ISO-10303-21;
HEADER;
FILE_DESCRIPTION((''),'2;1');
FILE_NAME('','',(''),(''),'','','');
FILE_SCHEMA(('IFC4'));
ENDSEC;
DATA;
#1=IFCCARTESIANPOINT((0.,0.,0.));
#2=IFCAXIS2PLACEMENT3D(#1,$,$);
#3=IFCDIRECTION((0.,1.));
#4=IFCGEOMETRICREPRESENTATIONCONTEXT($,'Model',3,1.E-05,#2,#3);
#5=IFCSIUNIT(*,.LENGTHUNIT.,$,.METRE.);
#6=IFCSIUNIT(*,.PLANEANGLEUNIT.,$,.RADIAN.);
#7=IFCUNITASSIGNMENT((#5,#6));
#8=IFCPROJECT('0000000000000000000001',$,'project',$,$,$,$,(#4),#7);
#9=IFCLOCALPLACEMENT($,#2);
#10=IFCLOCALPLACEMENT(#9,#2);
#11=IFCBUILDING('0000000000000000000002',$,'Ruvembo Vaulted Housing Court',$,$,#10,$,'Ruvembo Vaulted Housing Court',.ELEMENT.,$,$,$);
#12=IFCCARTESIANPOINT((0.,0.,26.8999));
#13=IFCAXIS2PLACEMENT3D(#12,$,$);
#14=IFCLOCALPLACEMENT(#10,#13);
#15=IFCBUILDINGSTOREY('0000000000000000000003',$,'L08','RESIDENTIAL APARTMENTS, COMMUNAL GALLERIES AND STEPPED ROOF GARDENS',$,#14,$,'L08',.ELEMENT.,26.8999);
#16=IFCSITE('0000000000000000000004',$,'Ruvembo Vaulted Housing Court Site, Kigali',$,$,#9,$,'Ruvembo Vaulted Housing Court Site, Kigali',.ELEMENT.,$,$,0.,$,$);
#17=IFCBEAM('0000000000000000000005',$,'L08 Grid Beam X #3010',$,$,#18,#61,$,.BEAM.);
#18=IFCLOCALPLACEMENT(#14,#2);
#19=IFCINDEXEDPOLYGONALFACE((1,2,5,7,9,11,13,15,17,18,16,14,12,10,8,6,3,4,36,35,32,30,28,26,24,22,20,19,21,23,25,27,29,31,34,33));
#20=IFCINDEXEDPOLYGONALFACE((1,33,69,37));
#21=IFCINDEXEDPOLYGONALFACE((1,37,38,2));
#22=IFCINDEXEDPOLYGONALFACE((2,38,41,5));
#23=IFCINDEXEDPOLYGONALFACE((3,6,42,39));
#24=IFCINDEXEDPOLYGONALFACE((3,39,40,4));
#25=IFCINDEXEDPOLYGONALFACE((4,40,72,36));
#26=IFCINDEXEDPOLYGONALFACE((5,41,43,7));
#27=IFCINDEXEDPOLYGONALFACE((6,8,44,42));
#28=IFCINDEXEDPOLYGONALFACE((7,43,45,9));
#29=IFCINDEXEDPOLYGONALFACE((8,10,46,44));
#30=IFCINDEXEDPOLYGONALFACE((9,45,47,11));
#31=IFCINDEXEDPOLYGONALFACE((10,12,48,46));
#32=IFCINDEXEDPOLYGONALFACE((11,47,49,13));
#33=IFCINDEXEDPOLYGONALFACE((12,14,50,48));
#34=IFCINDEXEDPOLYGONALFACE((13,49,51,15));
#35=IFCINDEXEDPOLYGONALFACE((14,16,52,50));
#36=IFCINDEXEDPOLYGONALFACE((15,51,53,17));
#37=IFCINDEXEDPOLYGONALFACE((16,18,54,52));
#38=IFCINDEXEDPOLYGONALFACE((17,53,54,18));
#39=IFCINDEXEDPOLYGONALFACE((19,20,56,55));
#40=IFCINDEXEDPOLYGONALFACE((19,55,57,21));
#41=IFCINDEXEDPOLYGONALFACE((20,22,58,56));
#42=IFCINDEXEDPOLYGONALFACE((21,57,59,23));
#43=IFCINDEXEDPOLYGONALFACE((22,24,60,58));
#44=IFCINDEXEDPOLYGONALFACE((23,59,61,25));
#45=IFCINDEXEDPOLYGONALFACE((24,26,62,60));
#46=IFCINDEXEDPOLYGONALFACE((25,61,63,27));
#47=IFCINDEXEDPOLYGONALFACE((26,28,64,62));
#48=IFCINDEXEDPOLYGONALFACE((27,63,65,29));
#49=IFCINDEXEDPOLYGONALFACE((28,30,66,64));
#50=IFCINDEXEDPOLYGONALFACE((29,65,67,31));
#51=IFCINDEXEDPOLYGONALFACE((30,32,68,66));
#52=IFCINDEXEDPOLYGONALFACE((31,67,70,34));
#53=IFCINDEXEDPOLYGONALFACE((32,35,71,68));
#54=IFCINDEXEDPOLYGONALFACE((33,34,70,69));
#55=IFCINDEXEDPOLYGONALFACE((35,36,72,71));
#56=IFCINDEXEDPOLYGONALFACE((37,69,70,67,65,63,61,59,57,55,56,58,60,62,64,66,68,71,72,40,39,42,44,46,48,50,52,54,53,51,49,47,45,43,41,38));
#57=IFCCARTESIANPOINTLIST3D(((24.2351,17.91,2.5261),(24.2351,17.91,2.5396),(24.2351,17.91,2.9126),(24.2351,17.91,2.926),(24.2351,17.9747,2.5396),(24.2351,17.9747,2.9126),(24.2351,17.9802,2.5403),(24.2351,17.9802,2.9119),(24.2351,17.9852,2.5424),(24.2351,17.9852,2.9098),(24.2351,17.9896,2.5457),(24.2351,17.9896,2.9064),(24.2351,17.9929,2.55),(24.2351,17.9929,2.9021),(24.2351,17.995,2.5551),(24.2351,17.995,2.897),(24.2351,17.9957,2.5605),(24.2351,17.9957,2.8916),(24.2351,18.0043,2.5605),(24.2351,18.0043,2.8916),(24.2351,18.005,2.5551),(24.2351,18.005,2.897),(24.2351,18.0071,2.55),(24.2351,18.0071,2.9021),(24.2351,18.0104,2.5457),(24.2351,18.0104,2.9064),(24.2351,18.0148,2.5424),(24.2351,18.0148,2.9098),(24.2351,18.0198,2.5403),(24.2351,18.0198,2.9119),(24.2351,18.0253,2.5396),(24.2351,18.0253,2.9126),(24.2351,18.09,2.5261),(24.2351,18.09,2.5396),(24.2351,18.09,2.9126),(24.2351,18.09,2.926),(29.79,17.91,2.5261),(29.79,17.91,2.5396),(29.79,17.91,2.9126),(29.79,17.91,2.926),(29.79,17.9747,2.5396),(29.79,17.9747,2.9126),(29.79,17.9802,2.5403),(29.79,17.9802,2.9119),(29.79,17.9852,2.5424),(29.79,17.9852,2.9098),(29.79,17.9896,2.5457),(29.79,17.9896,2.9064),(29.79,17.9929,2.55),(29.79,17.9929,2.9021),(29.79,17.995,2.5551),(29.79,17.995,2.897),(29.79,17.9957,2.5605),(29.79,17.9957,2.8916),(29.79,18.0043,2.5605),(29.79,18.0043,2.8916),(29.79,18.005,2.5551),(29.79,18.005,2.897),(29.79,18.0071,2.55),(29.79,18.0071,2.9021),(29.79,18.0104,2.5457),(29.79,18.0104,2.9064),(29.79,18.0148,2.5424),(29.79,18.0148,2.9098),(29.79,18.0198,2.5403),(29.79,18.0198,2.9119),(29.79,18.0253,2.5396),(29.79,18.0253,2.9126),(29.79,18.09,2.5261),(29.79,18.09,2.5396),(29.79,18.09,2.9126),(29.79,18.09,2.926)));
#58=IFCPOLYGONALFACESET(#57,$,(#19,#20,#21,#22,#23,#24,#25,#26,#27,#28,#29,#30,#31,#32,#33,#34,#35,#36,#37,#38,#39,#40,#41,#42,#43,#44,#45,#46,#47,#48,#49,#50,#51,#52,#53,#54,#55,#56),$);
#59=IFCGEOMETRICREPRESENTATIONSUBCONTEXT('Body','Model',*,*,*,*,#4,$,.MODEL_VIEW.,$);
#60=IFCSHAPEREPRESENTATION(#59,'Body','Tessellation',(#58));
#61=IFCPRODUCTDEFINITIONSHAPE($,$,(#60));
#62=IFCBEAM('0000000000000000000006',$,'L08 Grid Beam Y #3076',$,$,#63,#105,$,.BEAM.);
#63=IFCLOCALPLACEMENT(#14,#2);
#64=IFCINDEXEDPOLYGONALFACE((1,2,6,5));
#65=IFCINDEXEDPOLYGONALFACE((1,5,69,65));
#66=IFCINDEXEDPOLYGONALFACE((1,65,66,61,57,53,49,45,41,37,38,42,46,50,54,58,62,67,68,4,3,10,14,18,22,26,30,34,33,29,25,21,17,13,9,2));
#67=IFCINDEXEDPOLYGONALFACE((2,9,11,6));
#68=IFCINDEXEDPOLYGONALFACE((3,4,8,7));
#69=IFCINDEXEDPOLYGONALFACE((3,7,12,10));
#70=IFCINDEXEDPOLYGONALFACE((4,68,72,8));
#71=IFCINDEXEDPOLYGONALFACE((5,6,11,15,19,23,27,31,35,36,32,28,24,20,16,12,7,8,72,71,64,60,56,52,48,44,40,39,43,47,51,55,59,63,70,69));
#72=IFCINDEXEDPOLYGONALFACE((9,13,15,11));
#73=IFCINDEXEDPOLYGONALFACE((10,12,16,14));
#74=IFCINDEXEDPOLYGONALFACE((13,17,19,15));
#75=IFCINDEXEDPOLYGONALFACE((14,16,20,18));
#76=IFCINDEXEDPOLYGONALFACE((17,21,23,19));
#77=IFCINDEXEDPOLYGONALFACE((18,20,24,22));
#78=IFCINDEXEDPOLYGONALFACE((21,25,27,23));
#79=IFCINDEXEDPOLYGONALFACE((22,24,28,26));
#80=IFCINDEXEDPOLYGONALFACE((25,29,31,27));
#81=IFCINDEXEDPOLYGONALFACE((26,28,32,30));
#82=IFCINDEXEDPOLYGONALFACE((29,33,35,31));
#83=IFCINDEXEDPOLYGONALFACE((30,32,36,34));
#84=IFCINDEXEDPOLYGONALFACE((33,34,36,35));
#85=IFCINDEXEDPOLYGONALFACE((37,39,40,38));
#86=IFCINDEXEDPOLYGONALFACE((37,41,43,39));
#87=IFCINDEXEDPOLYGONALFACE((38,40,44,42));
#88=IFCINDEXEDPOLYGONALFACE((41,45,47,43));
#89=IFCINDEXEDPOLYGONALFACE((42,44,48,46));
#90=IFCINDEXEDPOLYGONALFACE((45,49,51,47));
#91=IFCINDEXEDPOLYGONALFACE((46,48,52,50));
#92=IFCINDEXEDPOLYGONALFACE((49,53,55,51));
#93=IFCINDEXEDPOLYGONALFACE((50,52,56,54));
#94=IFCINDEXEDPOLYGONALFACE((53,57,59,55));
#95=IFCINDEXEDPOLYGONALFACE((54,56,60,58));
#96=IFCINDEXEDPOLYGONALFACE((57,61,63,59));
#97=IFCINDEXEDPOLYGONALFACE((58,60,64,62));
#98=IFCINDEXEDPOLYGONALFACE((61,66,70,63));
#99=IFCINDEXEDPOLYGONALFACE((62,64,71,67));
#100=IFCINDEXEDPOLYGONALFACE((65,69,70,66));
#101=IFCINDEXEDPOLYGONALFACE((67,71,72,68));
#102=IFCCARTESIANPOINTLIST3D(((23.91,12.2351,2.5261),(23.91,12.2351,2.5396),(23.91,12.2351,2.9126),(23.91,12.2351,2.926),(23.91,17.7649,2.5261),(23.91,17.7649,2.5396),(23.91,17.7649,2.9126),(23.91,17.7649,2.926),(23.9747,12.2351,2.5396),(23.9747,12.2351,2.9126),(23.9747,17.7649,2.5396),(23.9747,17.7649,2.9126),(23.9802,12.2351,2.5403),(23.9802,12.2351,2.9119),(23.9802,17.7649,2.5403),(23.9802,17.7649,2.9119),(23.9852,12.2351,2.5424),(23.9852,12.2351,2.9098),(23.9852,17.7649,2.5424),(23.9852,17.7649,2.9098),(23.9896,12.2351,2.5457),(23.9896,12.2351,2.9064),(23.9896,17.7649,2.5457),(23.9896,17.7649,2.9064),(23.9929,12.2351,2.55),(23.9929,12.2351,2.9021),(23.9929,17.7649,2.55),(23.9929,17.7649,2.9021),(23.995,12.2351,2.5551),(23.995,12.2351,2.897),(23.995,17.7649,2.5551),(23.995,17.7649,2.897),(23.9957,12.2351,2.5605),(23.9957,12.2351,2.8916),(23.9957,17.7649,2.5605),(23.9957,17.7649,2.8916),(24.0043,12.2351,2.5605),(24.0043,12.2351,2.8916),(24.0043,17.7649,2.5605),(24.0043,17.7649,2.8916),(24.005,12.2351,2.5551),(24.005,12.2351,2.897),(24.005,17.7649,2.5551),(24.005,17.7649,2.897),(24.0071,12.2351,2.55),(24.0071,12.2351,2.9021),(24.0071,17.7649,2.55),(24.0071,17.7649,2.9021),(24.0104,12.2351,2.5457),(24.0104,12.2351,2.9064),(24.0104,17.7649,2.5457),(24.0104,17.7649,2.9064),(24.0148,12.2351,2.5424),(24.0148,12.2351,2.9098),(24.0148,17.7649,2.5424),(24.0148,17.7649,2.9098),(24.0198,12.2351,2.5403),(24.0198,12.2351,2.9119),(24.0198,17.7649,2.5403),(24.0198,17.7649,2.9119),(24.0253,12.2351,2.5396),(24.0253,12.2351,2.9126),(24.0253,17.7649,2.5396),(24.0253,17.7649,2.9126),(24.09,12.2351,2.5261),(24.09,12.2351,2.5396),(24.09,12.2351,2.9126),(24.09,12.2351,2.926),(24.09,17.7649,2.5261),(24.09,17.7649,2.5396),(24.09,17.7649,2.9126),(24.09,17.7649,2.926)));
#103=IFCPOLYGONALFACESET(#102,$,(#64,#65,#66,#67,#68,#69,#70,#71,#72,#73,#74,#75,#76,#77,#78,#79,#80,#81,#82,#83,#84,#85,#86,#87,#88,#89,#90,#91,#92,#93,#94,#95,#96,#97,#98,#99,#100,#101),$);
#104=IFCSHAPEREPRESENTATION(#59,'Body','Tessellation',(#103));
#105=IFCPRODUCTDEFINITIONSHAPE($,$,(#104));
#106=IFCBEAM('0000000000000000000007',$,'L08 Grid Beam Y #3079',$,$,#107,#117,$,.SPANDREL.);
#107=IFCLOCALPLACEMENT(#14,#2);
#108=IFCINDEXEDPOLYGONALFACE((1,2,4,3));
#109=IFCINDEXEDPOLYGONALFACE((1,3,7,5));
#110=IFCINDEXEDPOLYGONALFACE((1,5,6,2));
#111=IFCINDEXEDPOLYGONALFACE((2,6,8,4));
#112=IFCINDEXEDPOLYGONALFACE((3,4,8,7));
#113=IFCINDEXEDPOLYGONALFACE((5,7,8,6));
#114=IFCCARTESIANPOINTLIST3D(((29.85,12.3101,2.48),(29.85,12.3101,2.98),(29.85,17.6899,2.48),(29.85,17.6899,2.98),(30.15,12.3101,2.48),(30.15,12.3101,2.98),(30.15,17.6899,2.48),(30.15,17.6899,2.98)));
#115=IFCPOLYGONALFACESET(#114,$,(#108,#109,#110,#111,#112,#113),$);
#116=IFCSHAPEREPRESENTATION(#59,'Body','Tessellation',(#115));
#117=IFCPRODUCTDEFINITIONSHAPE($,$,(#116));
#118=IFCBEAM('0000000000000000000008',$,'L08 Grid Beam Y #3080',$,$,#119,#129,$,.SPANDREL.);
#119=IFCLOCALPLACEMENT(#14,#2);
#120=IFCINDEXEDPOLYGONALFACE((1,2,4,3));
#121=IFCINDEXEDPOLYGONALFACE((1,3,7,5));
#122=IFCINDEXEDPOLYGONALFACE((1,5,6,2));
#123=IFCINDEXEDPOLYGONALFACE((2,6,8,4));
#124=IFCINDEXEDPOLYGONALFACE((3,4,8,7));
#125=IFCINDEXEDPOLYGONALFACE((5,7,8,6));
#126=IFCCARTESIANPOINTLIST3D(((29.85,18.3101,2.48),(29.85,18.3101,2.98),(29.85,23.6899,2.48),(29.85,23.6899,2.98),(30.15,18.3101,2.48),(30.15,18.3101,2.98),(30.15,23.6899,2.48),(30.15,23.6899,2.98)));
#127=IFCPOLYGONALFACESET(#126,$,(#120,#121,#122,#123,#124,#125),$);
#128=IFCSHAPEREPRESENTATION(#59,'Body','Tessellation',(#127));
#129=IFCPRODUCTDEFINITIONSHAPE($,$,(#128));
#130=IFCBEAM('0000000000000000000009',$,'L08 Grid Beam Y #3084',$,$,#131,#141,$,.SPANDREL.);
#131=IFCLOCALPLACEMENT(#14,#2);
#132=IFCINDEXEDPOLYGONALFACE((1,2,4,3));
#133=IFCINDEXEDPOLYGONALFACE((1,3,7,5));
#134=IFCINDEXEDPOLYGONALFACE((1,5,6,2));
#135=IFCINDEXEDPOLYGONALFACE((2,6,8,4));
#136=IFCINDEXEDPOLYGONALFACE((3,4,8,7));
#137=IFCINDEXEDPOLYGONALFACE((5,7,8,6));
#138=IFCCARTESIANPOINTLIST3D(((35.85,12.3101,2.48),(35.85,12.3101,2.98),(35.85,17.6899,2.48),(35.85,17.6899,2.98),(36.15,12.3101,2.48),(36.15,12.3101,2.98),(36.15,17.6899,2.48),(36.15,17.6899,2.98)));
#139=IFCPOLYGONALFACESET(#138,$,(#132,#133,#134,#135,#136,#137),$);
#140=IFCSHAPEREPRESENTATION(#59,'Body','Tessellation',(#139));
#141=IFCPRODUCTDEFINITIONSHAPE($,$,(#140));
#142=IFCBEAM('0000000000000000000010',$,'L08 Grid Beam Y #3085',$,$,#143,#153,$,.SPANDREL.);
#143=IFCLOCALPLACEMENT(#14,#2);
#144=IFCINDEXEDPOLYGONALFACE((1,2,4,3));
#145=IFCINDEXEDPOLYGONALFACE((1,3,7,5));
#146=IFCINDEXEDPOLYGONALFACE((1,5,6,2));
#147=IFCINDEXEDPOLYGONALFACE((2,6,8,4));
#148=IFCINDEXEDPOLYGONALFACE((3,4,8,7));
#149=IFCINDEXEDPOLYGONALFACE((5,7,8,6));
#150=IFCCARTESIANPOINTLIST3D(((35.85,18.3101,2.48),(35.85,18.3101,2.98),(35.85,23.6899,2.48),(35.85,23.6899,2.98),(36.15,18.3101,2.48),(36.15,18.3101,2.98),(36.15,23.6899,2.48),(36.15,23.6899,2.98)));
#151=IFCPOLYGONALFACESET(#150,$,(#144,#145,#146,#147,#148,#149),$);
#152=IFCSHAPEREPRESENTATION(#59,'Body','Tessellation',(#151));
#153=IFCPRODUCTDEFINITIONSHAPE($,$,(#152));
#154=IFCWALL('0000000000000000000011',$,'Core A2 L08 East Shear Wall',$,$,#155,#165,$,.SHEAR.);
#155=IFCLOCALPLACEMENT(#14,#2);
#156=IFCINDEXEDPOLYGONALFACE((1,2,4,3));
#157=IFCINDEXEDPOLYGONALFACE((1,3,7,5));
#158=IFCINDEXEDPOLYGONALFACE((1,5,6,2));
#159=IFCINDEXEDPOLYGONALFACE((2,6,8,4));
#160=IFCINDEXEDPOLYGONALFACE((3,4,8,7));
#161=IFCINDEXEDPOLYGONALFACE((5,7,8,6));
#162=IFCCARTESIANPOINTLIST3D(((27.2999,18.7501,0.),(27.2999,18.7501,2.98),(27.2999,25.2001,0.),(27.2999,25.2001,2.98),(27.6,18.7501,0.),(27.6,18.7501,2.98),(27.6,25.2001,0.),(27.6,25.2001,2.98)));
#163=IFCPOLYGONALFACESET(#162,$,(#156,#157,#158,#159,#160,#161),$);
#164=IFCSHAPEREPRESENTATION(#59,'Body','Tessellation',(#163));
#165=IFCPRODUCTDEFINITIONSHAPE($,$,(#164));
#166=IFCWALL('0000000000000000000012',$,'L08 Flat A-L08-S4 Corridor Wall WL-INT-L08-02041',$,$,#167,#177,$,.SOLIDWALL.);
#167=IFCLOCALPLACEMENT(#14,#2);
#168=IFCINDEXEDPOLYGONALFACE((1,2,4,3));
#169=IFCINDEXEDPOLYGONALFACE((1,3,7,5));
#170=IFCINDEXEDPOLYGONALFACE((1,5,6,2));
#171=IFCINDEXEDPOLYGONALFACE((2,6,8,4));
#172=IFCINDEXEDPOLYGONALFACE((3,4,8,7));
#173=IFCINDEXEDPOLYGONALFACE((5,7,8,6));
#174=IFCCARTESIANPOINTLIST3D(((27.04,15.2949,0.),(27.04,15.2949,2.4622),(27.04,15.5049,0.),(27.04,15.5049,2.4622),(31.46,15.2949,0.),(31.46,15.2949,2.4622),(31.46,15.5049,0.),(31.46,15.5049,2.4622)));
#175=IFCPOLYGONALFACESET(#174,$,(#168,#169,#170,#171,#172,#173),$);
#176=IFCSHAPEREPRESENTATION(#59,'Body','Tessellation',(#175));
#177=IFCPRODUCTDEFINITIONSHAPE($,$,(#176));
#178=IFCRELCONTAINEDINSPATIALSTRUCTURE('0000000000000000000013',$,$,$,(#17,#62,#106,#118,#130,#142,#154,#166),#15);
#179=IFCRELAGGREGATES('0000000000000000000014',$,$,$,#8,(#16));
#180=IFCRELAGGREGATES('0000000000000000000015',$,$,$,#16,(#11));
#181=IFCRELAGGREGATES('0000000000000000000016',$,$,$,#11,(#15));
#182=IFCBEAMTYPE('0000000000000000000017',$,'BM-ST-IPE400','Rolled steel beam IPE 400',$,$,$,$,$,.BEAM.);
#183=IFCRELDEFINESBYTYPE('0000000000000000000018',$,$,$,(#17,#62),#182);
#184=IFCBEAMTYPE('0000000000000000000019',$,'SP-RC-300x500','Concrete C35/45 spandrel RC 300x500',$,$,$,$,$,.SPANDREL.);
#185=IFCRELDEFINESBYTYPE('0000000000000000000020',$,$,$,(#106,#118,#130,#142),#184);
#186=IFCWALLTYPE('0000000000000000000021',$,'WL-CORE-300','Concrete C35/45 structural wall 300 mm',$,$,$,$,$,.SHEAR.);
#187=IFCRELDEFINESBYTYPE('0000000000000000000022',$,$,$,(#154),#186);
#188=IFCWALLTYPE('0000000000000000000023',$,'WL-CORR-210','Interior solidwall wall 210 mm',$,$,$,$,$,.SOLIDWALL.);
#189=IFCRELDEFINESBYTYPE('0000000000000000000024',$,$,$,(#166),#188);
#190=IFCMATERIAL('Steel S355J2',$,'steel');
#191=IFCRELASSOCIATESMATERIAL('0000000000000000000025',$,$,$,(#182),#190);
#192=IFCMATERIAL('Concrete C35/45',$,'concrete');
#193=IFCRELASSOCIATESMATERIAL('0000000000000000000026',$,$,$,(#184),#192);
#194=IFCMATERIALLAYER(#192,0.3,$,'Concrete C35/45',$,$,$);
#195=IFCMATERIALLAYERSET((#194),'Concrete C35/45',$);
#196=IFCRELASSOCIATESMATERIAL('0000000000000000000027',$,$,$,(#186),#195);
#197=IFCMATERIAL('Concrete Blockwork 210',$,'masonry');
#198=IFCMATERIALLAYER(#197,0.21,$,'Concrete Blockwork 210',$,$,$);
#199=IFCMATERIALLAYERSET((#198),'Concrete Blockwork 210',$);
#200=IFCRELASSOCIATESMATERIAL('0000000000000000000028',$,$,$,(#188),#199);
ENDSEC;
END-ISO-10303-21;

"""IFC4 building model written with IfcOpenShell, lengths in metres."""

from ifc_helpers import new_model, si_unit, direction, frame, frame_2d, origin, origin_2d, place, context, subcontext, project, spatial, rectangle, i_section, extrude, material, layer, layer_set, material_profile, profile_set, type_object, element, save


model = new_model("IFC4")

# Units and contexts
model_context = context("Model", 3, precision=1e-05, world=origin(), true_north=direction((0.0, 1.0)))
body_context = subcontext(model_context, "Body", "Model", "MODEL_VIEW")
ifc_project = project(units=[si_unit("LENGTHUNIT", "METRE"), si_unit("PLANEANGLEUNIT", "RADIAN")], contexts=[model_context])

# Site, building, storey
site_placement = place(None, origin())
site = spatial("IfcSite", under=ifc_project, at=site_placement, Name="Ruvembo Vaulted Housing Court Site, Kigali", LongName="Ruvembo Vaulted Housing Court Site, Kigali", CompositionType="ELEMENT", RefElevation=0.0)
building_placement = place(site_placement, origin())
building = spatial("IfcBuilding", under=site, at=building_placement, Name="Ruvembo Vaulted Housing Court", LongName="Ruvembo Vaulted Housing Court", CompositionType="ELEMENT")
storey_placement = place(building_placement, frame((0.0, 0.0, 26.8999)))
storey = spatial("IfcBuildingStorey", under=building, at=storey_placement, Name="L08", Description="RESIDENTIAL APARTMENTS, COMMUNAL GALLERIES AND STEPPED ROOF GARDENS", LongName="L08", CompositionType="ELEMENT", Elevation=26.8999)

# Shared definitions
ifc_material_1 = material(Name="Concrete C35/45", Category="concrete")

# Beams
ifc_material_2 = material(Name="Steel S355J2", Category="steel")
ifc_material_profile_1 = material_profile(ifc_material_2, i_section(OverallWidth=0.1799, OverallDepth=0.3999, WebThickness=0.0085, FlangeThickness=0.0134, FilletRadius=0.021, at=origin_2d()), Name="IPE 400")
ifc_profile_set_1 = profile_set([ifc_material_profile_1], Name="Steel S355J2")
beam_type_1 = type_object("IfcBeamType", Name="BM-ST-IPE400", Description="Rolled steel beam IPE 400", PredefinedType="BEAM", material=ifc_profile_set_1)
beam_1_placement = place(storey_placement, frame((24.2351, 18.0, 2.7261), z_axis=(1.0, 0.0, 0.0), x_axis=(0.0, 1.0, 0.0)))
element("IfcBeam", 1, at=beam_1_placement, inside=storey, type_object=beam_type_1, Name="L08 Grid Beam X #3010", PredefinedType="BEAM", context=body_context, shape_type="SweptSolid", body=[
    extrude(i_section(OverallWidth=0.1799, OverallDepth=0.3999, WebThickness=0.0085, FlangeThickness=0.0134, FilletRadius=0.021, at=origin_2d()), origin(), (0.0, 0.0, 1.0), 5.5549),
])
beam_2_placement = place(storey_placement, frame((24.0, 12.2351, 2.7261), z_axis=(0.0, 1.0, 0.0), x_axis=(-1.0, 0.0, 0.0)))
element("IfcBeam", 2, at=beam_2_placement, inside=storey, type_object=beam_type_1, Name="L08 Grid Beam Y #3076", PredefinedType="BEAM", context=body_context, shape_type="SweptSolid", body=[
    extrude(i_section(OverallWidth=0.1799, OverallDepth=0.3999, WebThickness=0.0085, FlangeThickness=0.0134, FilletRadius=0.021, at=origin_2d()), origin(), (0.0, 0.0, 1.0), 5.5298),
])
ifc_material_profile_2 = material_profile(ifc_material_1, rectangle(XDim=0.3, YDim=0.5, at=origin_2d()), Name="RC 300x500")
ifc_profile_set_2 = profile_set([ifc_material_profile_2], Name="Concrete C35/45")
beam_type_2 = type_object("IfcBeamType", Name="SP-RC-300x500", Description="Concrete C35/45 spandrel RC 300x500", PredefinedType="SPANDREL", material=ifc_profile_set_2)
for number, where, z_axis, x_axis, name in (
    (3, (30.0, 12.3101, 2.73), (0.0, 1.0, 0.0), (-1.0, 0.0, 0.0), "L08 Grid Beam Y #3079"),
    (4, (30.0, 18.3101, 2.73), (0.0, 1.0, 0.0), (-1.0, 0.0, 0.0), "L08 Grid Beam Y #3080"),
    (5, (36.0, 12.3101, 2.73), (0.0, 1.0, 0.0), (-1.0, 0.0, 0.0), "L08 Grid Beam Y #3084"),
    (6, (36.0, 18.3101, 2.73), (0.0, 1.0, 0.0), (-1.0, 0.0, 0.0), "L08 Grid Beam Y #3085"),
):
    element("IfcBeam", number, at=place(storey_placement, frame(where, z_axis=z_axis, x_axis=x_axis)), inside=storey, type_object=beam_type_2, Name=name, PredefinedType="SPANDREL", context=body_context, shape_type="SweptSolid", body=[
        extrude(rectangle(XDim=0.3, YDim=0.5, at=origin_2d()), origin(), (0.0, 0.0, 1.0), 5.3799),
    ])

# Walls
ifc_layer_1 = layer(ifc_material_1, 0.3, Name="Concrete C35/45")
ifc_layer_set_1 = layer_set([ifc_layer_1], Name="Concrete C35/45")
wall_type_1 = type_object("IfcWallType", Name="WL-CORE-300", Description="Concrete C35/45 structural wall 300 mm", PredefinedType="SHEAR", material=ifc_layer_set_1)
wall_1_placement = place(storey_placement, frame((27.45, 18.75, 0.0), z_axis=(0.0, 0.0, 1.0), x_axis=(0.0, 1.0, 0.0)))
element("IfcWall", 7, at=wall_1_placement, inside=storey, type_object=wall_type_1, Name="Core A2 L08 East Shear Wall", PredefinedType="SHEAR", context=body_context, shape_type="SweptSolid", body=[
    extrude(rectangle(XDim=6.45, YDim=0.3, at=frame_2d((3.2251, 0.0))), origin(), (0.0, 0.0, 1.0), 2.98),
])
ifc_material_3 = material(Name="Concrete Blockwork 210", Category="masonry")
ifc_layer_2 = layer(ifc_material_3, 0.21, Name="Concrete Blockwork 210")
ifc_layer_set_2 = layer_set([ifc_layer_2], Name="Concrete Blockwork 210")
wall_type_2 = type_object("IfcWallType", Name="WL-CORR-210", Description="Interior solidwall wall 210 mm", PredefinedType="SOLIDWALL", material=ifc_layer_set_2)
wall_2_placement = place(storey_placement, frame((27.04, 15.3999, 0.0), z_axis=(0.0, 0.0, 1.0), x_axis=(1.0, 0.0, 0.0)))
element("IfcWall", 8, at=wall_2_placement, inside=storey, type_object=wall_type_2, Name="L08 Flat A-L08-S4 Corridor Wall WL-INT-L08-02041", PredefinedType="SOLIDWALL", context=body_context, shape_type="SweptSolid", body=[
    extrude(rectangle(XDim=4.4199, YDim=0.21, at=frame_2d((2.21, 0.0))), origin(), (0.0, 0.0, 1.0), 2.4622),
])

save(model, "model.ifc")
